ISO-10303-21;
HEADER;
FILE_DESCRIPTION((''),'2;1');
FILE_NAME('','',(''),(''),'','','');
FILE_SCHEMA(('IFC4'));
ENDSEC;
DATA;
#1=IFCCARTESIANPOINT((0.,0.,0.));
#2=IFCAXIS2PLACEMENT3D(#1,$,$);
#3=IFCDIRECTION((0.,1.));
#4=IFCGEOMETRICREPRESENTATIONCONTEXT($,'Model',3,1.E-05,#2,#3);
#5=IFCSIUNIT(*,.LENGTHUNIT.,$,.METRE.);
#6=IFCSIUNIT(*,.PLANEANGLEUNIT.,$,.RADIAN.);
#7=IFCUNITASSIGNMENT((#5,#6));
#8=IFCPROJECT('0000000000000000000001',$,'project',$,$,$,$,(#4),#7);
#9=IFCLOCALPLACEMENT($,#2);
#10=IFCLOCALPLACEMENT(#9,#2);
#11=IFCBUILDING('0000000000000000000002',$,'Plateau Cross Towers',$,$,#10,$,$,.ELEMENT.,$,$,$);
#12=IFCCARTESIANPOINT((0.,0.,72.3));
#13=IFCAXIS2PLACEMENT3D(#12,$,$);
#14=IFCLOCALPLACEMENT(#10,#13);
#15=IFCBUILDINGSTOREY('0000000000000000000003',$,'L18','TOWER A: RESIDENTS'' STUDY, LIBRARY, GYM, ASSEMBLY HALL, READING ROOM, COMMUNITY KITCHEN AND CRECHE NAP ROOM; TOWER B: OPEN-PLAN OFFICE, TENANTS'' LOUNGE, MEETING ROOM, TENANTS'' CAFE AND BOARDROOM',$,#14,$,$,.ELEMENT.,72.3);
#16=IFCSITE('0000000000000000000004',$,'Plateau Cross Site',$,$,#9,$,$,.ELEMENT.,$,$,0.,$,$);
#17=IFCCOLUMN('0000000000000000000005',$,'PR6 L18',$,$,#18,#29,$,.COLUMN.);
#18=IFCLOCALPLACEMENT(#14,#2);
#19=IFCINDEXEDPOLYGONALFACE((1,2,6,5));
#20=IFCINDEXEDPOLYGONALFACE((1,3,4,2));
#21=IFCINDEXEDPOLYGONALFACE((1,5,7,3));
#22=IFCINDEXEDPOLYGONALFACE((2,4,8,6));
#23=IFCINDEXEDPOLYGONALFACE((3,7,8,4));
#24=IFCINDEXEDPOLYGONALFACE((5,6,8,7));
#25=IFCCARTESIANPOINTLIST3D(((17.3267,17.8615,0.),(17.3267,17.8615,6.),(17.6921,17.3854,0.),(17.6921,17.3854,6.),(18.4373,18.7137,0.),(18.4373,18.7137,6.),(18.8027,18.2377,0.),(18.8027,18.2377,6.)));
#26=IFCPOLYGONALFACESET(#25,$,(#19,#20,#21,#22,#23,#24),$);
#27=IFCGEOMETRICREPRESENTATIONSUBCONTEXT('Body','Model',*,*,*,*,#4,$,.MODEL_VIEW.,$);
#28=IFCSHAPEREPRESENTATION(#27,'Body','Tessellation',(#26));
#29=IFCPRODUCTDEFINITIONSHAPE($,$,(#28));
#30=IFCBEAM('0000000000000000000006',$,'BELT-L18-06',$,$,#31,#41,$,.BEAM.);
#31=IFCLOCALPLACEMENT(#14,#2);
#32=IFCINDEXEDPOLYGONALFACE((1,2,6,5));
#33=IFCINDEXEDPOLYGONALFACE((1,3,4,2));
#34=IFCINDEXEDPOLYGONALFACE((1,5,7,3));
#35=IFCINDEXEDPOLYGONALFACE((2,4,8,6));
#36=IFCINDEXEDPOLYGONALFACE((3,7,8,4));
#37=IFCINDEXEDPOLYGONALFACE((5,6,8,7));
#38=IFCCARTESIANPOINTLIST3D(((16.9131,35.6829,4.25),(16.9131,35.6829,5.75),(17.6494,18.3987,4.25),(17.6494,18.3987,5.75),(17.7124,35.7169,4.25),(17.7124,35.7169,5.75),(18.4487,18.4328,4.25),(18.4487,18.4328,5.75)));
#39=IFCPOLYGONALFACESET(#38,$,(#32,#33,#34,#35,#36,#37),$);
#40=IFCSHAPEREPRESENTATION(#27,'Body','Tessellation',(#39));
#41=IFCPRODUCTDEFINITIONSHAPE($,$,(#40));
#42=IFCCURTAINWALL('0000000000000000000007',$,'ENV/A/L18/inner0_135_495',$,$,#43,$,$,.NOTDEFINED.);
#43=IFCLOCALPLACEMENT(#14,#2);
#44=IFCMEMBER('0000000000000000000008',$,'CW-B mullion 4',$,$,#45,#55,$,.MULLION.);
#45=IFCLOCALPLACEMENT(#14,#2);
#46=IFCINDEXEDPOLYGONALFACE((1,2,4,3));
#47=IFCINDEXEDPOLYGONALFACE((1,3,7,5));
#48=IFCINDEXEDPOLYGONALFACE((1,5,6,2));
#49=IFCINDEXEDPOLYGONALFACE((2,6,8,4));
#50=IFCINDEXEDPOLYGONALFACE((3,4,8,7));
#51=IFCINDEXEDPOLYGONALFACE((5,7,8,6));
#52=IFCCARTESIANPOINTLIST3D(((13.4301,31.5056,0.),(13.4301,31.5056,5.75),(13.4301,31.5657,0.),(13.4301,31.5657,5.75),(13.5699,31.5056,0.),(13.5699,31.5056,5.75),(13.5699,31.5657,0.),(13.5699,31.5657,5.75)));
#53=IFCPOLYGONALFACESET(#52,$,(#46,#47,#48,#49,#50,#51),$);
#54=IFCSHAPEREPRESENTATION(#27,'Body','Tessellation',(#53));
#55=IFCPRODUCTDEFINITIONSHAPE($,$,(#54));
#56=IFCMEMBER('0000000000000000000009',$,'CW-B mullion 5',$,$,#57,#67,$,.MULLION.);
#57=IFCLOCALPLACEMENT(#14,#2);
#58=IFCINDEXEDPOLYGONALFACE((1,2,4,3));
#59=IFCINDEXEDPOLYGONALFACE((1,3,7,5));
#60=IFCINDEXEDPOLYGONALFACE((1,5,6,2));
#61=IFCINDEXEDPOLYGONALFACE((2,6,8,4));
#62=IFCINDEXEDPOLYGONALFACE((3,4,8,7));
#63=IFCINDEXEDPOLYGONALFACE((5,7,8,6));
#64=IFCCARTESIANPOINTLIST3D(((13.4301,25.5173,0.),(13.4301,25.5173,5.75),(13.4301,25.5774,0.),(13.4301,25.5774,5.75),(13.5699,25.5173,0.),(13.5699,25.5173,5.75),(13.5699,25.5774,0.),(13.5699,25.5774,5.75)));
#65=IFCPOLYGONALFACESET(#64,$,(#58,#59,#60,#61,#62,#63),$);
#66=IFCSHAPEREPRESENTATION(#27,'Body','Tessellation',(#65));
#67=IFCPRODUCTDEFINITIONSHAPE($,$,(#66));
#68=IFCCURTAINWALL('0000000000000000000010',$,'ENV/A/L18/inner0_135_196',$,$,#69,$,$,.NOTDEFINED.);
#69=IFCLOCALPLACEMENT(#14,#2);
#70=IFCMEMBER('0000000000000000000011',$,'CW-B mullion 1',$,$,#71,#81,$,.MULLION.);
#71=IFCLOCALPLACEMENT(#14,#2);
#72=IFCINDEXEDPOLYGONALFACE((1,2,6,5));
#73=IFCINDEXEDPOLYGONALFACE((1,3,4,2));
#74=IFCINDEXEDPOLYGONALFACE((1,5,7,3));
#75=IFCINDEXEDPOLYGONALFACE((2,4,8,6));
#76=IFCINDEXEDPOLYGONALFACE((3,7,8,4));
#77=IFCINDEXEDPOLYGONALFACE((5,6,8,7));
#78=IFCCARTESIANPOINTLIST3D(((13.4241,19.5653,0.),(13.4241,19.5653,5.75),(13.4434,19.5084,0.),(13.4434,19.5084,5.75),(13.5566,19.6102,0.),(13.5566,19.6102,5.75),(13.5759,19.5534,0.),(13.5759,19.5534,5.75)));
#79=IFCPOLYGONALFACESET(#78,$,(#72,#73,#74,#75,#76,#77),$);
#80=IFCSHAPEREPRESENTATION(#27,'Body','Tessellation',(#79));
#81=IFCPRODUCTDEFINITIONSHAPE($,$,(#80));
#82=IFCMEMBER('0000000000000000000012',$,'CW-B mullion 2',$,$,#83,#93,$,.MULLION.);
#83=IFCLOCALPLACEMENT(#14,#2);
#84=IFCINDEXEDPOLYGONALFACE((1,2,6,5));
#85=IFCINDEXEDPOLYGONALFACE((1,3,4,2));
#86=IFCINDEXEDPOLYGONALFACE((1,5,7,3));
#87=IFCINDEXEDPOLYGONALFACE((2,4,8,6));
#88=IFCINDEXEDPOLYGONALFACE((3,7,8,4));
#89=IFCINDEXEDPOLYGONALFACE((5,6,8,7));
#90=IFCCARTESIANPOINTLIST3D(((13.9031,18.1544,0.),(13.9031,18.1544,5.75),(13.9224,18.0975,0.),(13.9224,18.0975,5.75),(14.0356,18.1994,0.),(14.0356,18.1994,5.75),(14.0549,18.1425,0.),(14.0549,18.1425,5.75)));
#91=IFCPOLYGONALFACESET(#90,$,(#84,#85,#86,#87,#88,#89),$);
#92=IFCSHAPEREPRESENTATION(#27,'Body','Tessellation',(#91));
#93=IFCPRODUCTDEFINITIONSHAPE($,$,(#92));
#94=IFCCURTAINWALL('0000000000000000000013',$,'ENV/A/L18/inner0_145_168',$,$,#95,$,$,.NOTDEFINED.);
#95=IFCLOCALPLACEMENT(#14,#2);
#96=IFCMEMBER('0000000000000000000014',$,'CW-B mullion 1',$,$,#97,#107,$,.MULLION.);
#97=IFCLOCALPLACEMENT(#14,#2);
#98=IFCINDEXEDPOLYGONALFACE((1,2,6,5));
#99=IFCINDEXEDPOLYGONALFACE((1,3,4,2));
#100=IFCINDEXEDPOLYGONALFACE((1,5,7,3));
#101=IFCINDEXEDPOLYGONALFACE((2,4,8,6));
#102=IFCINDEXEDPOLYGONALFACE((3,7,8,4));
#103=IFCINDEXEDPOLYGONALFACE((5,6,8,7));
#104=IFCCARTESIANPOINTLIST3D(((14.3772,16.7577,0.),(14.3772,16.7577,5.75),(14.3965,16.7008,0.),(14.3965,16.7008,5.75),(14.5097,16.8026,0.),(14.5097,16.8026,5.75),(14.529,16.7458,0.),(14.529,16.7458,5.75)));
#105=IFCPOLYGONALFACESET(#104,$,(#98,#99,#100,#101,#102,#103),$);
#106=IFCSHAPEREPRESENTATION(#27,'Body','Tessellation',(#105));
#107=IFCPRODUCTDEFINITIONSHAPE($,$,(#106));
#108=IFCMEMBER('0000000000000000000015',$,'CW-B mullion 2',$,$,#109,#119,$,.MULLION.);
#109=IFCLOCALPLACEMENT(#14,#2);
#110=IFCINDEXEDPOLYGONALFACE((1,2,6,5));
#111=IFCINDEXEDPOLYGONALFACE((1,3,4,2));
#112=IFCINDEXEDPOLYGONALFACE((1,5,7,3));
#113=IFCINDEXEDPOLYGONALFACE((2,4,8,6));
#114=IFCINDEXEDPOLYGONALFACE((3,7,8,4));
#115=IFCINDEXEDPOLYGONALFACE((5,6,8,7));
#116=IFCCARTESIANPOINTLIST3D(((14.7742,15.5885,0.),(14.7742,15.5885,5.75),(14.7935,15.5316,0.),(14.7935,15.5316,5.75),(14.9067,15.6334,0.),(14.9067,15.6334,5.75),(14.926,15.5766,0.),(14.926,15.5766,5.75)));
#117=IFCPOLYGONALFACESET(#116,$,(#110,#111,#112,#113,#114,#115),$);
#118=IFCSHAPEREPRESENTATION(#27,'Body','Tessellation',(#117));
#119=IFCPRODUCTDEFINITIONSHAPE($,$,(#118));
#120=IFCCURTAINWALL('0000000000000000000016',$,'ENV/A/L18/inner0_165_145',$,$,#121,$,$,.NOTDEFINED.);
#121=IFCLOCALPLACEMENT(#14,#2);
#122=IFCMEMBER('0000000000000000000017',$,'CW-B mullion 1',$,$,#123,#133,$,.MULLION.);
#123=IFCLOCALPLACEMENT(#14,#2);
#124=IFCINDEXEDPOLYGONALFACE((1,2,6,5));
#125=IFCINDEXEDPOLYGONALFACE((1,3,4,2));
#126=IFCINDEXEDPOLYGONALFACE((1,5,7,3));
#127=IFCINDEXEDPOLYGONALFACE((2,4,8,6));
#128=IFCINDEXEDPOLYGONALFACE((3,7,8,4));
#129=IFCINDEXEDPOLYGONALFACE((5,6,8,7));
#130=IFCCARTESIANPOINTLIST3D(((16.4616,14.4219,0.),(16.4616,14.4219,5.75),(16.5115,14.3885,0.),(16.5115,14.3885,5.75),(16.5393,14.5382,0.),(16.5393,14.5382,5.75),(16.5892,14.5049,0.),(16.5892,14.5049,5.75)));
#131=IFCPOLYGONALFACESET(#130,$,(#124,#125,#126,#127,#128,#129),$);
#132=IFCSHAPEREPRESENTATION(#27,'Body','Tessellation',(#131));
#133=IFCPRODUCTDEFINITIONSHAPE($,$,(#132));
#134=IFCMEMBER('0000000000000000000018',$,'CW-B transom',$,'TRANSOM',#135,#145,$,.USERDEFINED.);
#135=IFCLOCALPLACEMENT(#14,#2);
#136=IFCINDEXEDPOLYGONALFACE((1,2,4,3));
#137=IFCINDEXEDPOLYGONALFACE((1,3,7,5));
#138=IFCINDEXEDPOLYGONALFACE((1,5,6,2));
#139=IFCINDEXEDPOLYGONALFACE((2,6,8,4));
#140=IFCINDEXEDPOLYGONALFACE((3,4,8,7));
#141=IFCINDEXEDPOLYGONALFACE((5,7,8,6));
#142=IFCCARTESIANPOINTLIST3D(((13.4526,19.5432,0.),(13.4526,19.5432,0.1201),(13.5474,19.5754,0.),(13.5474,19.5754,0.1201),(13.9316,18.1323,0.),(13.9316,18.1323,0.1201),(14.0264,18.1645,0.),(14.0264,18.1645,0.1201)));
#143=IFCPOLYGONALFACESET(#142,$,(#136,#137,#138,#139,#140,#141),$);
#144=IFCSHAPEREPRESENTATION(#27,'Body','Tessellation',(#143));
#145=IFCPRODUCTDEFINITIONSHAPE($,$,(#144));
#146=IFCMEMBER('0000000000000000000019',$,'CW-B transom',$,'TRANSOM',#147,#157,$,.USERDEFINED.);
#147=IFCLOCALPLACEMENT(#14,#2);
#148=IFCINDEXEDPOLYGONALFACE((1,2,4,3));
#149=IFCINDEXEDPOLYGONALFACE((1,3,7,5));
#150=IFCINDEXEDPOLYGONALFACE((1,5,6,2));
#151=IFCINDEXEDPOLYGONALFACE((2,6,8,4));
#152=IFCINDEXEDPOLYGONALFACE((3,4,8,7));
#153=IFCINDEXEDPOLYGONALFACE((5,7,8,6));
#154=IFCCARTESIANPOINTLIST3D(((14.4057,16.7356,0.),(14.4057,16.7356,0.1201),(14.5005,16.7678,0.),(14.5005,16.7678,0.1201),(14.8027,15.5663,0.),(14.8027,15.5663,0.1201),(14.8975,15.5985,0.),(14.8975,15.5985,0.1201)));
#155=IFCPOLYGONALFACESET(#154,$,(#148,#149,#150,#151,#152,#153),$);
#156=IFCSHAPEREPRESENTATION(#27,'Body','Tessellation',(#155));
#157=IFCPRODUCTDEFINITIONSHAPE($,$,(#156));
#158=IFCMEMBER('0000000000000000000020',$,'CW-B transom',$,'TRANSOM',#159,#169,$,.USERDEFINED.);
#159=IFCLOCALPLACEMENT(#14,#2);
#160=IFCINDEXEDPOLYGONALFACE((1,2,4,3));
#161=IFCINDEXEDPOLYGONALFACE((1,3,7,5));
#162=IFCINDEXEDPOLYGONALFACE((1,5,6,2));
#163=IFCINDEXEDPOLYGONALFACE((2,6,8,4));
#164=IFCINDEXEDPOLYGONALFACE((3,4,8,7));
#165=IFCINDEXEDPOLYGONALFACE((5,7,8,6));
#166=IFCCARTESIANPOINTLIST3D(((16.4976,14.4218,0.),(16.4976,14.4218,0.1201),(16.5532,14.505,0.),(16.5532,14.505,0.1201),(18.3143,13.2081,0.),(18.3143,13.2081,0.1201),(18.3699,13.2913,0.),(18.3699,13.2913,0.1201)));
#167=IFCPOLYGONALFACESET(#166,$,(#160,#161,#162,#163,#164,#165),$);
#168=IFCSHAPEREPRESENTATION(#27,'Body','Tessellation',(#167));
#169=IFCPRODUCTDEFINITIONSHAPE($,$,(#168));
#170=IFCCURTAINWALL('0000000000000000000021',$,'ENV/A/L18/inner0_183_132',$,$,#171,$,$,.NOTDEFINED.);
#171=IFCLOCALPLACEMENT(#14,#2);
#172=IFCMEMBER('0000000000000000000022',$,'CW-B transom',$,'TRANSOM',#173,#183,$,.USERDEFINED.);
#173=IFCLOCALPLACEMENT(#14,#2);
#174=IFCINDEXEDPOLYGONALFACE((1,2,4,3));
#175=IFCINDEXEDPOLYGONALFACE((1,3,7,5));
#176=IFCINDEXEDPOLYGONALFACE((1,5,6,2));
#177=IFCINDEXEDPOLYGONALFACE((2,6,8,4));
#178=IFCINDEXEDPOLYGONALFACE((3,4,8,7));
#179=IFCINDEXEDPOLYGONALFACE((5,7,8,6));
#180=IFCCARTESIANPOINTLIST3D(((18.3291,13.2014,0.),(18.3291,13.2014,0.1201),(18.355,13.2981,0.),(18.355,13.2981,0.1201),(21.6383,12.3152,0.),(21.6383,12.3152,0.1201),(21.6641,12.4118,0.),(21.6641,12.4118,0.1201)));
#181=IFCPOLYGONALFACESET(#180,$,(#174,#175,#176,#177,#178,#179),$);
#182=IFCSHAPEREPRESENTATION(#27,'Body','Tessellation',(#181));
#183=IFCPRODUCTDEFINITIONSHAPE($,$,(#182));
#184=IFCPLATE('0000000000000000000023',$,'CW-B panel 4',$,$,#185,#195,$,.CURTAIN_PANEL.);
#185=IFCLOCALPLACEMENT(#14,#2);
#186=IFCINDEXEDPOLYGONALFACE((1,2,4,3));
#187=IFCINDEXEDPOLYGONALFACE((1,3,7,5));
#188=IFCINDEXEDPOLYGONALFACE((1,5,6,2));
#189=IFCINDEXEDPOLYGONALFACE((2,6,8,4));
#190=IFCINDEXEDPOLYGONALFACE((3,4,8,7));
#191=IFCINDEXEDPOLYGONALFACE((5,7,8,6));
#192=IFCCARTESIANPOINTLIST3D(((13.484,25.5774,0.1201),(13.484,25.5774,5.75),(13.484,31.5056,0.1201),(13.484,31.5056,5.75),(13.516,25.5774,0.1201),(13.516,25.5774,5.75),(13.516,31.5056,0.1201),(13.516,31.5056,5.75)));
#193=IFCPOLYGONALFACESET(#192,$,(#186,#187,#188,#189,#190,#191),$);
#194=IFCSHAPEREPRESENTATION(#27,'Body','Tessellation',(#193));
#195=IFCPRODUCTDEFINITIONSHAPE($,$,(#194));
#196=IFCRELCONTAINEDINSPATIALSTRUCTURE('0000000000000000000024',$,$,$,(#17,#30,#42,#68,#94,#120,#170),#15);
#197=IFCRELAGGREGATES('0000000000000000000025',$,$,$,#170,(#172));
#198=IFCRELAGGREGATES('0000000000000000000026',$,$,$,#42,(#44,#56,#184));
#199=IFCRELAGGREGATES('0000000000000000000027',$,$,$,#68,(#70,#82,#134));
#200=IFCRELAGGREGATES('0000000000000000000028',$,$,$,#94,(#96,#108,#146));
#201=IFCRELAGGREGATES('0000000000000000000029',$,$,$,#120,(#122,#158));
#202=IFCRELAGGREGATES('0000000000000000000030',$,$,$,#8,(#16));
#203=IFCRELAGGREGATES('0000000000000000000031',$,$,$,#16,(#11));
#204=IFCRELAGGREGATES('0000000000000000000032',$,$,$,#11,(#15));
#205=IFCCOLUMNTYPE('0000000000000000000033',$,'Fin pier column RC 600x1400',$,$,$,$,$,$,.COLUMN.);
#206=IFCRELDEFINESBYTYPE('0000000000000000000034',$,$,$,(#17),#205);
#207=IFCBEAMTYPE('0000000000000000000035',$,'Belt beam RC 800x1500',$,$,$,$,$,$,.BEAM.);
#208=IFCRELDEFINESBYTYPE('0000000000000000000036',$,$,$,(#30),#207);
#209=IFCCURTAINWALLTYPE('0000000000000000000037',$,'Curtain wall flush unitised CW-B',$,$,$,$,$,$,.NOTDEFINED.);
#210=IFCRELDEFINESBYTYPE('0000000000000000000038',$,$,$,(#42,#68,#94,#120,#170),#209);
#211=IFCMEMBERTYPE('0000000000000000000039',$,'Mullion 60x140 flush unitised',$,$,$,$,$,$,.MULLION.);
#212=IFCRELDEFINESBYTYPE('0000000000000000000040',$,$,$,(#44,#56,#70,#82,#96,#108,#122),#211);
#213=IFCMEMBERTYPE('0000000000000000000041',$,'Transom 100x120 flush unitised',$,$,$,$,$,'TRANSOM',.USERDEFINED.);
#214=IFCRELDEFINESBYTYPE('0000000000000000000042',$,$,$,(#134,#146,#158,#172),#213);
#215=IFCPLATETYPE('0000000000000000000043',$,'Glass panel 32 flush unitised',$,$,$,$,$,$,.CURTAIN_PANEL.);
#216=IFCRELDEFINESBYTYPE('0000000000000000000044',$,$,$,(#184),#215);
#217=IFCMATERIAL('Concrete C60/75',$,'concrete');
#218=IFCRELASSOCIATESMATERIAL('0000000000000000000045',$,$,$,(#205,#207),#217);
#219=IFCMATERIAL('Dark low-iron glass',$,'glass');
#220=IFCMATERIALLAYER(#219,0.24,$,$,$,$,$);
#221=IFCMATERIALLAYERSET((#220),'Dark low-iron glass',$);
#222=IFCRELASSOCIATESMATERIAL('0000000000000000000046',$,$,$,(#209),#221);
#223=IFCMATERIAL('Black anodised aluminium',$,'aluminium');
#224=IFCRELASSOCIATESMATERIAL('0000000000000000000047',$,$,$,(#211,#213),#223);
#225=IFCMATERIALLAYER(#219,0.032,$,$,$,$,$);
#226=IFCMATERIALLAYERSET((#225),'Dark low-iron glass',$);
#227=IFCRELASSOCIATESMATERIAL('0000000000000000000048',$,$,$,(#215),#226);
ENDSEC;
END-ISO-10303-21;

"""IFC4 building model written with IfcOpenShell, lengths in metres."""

from ifc_helpers import new_model, si_unit, direction, frame, origin, origin_2d, place, context, subcontext, project, spatial, rectangle, extrude, material, layer, layer_set, material_profile, profile_set, type_object, element, aggregate, save


model = new_model("IFC4")

# Units and contexts
model_context = context("Model", 3, precision=1e-05, world=origin(), true_north=direction((0.0, 1.0)))
body_context = subcontext(model_context, "Body", "Model", "MODEL_VIEW")
ifc_project = project(units=[si_unit("LENGTHUNIT", "METRE"), si_unit("PLANEANGLEUNIT", "RADIAN")], contexts=[model_context])

# Site, building, storey
site_placement = place(None, origin())
site = spatial("IfcSite", under=ifc_project, at=site_placement, Name="Plateau Cross Site", CompositionType="ELEMENT", RefElevation=0.0)
building_placement = place(site_placement, origin())
building = spatial("IfcBuilding", under=site, at=building_placement, Name="Plateau Cross Towers", CompositionType="ELEMENT")
storey_placement = place(building_placement, frame((0.0, 0.0, 72.3)))
storey = spatial("IfcBuildingStorey", under=building, at=storey_placement, Name="L18", Description="TOWER A: RESIDENTS' STUDY, LIBRARY, GYM, ASSEMBLY HALL, READING ROOM, COMMUNITY KITCHEN AND CRECHE NAP ROOM; TOWER B: OPEN-PLAN OFFICE, TENANTS' LOUNGE, MEETING ROOM, TENANTS' CAFE AND BOARDROOM", CompositionType="ELEMENT", Elevation=72.3)

# Column
ifc_material_1 = material(Name="Concrete C60/75", Category="concrete")
ifc_material_profile_1 = material_profile(ifc_material_1, rectangle(XDim=0.6001, YDim=1.3999, at=origin_2d()), Name="RC 600x1400")
ifc_profile_set_1 = profile_set([ifc_material_profile_1], Name="Concrete C60/75")
column_type = type_object("IfcColumnType", Name="Fin pier column RC 600x1400", PredefinedType="COLUMN", material=ifc_profile_set_1)
column_placement = place(storey_placement, frame((18.0647, 18.0496, 0.0), z_axis=(0.0, 0.0, 1.0), x_axis=(-0.608811, 0.793315, 0.0)))
element("IfcColumn", 1, at=column_placement, inside=storey, type_object=column_type, Name="PR6 L18", PredefinedType="COLUMN", context=body_context, shape_type="SweptSolid", body=[
    extrude(rectangle(XDim=0.6001, YDim=1.3999, at=origin_2d()), origin(), (0.0, 0.0, 1.0), 6.0),
])

# Beam
ifc_material_profile_2 = material_profile(ifc_material_1, rectangle(XDim=0.8, YDim=1.5, at=origin_2d()), Name="RC 800x1500")
ifc_profile_set_2 = profile_set([ifc_material_profile_2], Name="Concrete C60/75")
beam_type = type_object("IfcBeamType", Name="Belt beam RC 800x1500", PredefinedType="BEAM", material=ifc_profile_set_2)
beam_placement = place(storey_placement, frame((18.0491, 18.4158, 5.0), z_axis=(-0.042563, 0.999094, 0.0), x_axis=(-0.999094, -0.042563, 0.0)))
element("IfcBeam", 2, at=beam_placement, inside=storey, type_object=beam_type, Name="BELT-L18-06", PredefinedType="BEAM", context=body_context, shape_type="SweptSolid", body=[
    extrude(rectangle(XDim=0.8, YDim=1.5, at=origin_2d()), origin(), (0.0, 0.0, 1.0), 17.2998),
])

# Curtain walls, members
ifc_material_2 = material(Name="Dark low-iron glass", Category="glass")
ifc_layer_1 = layer(ifc_material_2, 0.24)
ifc_layer_set_1 = layer_set([ifc_layer_1], Name="Dark low-iron glass")
curtain_wall_type = type_object("IfcCurtainWallType", Name="Curtain wall flush unitised CW-B", PredefinedType="NOTDEFINED", material=ifc_layer_set_1)
curtain_wall_1_placement = place(storey_placement, origin())
curtain_wall_1 = element("IfcCurtainWall", 3, at=curtain_wall_1_placement, inside=storey, type_object=curtain_wall_type, Name="ENV/A/L18/inner0_135_495", PredefinedType="NOTDEFINED")
ifc_material_3 = material(Name="Black anodised aluminium", Category="aluminium")
ifc_material_profile_3 = material_profile(ifc_material_3, rectangle(XDim=0.0601, YDim=0.1399, at=origin_2d()), Name="MULLION 60x140")
ifc_profile_set_3 = profile_set([ifc_material_profile_3], Name="Black anodised aluminium")
member_type_1 = type_object("IfcMemberType", Name="Mullion 60x140 flush unitised", PredefinedType="MULLION", material=ifc_profile_set_3)
member_1_placement = place(storey_placement, frame((13.5, 31.5356, 0.0), z_axis=(0.0, 0.0, 1.0), x_axis=(0.0, -1.0, 0.0)))
member_1 = element("IfcMember", 4, at=member_1_placement, type_object=member_type_1, Name="CW-B mullion 4", PredefinedType="MULLION", context=body_context, shape_type="SweptSolid", body=[
    extrude(rectangle(XDim=0.0601, YDim=0.1399, at=origin_2d()), origin(), (0.0, 0.0, 1.0), 5.75),
])
member_2_placement = place(storey_placement, frame((13.5, 25.5474, 0.0), z_axis=(0.0, 0.0, 1.0), x_axis=(0.0, -1.0, 0.0)))
member_2 = element("IfcMember", 5, at=member_2_placement, type_object=member_type_1, Name="CW-B mullion 5", PredefinedType="MULLION", context=body_context, shape_type="SweptSolid", body=[
    extrude(rectangle(XDim=0.0601, YDim=0.1399, at=origin_2d()), origin(), (0.0, 0.0, 1.0), 5.75),
])
curtain_wall_2_placement = place(storey_placement, origin())
curtain_wall_2 = element("IfcCurtainWall", 6, at=curtain_wall_2_placement, inside=storey, type_object=curtain_wall_type, Name="ENV/A/L18/inner0_135_196", PredefinedType="NOTDEFINED")
member_3_placement = place(storey_placement, frame((13.5, 19.5593, 0.0), z_axis=(0.0, 0.0, 1.0), x_axis=(0.321469, -0.94692, 0.0)))
member_3 = element("IfcMember", 7, at=member_3_placement, type_object=member_type_1, Name="CW-B mullion 1", PredefinedType="MULLION", context=body_context, shape_type="SweptSolid", body=[
    extrude(rectangle(XDim=0.0601, YDim=0.1399, at=origin_2d()), origin(), (0.0, 0.0, 1.0), 5.75),
])
member_4_placement = place(storey_placement, frame((13.979, 18.1484, 0.0), z_axis=(0.0, 0.0, 1.0), x_axis=(0.321469, -0.94692, 0.0)))
member_4 = element("IfcMember", 8, at=member_4_placement, type_object=member_type_1, Name="CW-B mullion 2", PredefinedType="MULLION", context=body_context, shape_type="SweptSolid", body=[
    extrude(rectangle(XDim=0.0601, YDim=0.1399, at=origin_2d()), origin(), (0.0, 0.0, 1.0), 5.75),
])
curtain_wall_3_placement = place(storey_placement, origin())
curtain_wall_3 = element("IfcCurtainWall", 9, at=curtain_wall_3_placement, inside=storey, type_object=curtain_wall_type, Name="ENV/A/L18/inner0_145_168", PredefinedType="NOTDEFINED")
member_5_placement = place(storey_placement, frame((14.4531, 16.7517, 0.0), z_axis=(0.0, 0.0, 1.0), x_axis=(0.321469, -0.94692, 0.0)))
member_5 = element("IfcMember", 10, at=member_5_placement, type_object=member_type_1, Name="CW-B mullion 1", PredefinedType="MULLION", context=body_context, shape_type="SweptSolid", body=[
    extrude(rectangle(XDim=0.0601, YDim=0.1399, at=origin_2d()), origin(), (0.0, 0.0, 1.0), 5.75),
])
member_6_placement = place(storey_placement, frame((14.8501, 15.5825, 0.0), z_axis=(0.0, 0.0, 1.0), x_axis=(0.321469, -0.94692, 0.0)))
member_6 = element("IfcMember", 11, at=member_6_placement, type_object=member_type_1, Name="CW-B mullion 2", PredefinedType="MULLION", context=body_context, shape_type="SweptSolid", body=[
    extrude(rectangle(XDim=0.0601, YDim=0.1399, at=origin_2d()), origin(), (0.0, 0.0, 1.0), 5.75),
])

# Curtain wall, member
curtain_wall_4_placement = place(storey_placement, origin())
curtain_wall_4 = element("IfcCurtainWall", 12, at=curtain_wall_4_placement, inside=storey, type_object=curtain_wall_type, Name="ENV/A/L18/inner0_165_145", PredefinedType="NOTDEFINED")
member_7_placement = place(storey_placement, frame((16.5254, 14.4634, 0.0), z_axis=(0.0, 0.0, 1.0), x_axis=(0.831521, -0.555493, 0.0)))
member_7 = element("IfcMember", 13, at=member_7_placement, type_object=member_type_1, Name="CW-B mullion 1", PredefinedType="MULLION", context=body_context, shape_type="SweptSolid", body=[
    extrude(rectangle(XDim=0.0601, YDim=0.1399, at=origin_2d()), origin(), (0.0, 0.0, 1.0), 5.75),
])

# Members
ifc_material_profile_4 = material_profile(ifc_material_3, rectangle(XDim=0.1001, YDim=0.1201, at=origin_2d()), Name="TRANSOM 100x120")
ifc_profile_set_4 = profile_set([ifc_material_profile_4], Name="Black anodised aluminium")
member_type_2 = type_object("IfcMemberType", Name="Transom 100x120 flush unitised", ElementType="TRANSOM", PredefinedType="USERDEFINED", material=ifc_profile_set_4)
member_8_placement = place(storey_placement, frame((13.5, 19.5593, 0.0601), z_axis=(0.321483, -0.946915, 0.0), x_axis=(0.946915, 0.321483, 0.0)))
member_8 = element("IfcMember", 14, at=member_8_placement, type_object=member_type_2, Name="CW-B transom", ObjectType="TRANSOM", PredefinedType="USERDEFINED", context=body_context, shape_type="SweptSolid", body=[
    extrude(rectangle(XDim=0.1001, YDim=0.1201, at=origin_2d()), origin(), (0.0, 0.0, 1.0), 1.49),
])
member_9_placement = place(storey_placement, frame((14.4531, 16.7517, 0.0601), z_axis=(0.321502, -0.946909, 0.0), x_axis=(0.946909, 0.321502, 0.0)))
member_9 = element("IfcMember", 15, at=member_9_placement, type_object=member_type_2, Name="CW-B transom", ObjectType="TRANSOM", PredefinedType="USERDEFINED", context=body_context, shape_type="SweptSolid", body=[
    extrude(rectangle(XDim=0.1001, YDim=0.1201, at=origin_2d()), origin(), (0.0, 0.0, 1.0), 1.2349),
])
member_10_placement = place(storey_placement, frame((16.5254, 14.4634, 0.0601), z_axis=(0.831517, -0.555499, 0.0), x_axis=(0.555499, 0.831517, 0.0)))
member_10 = element("IfcMember", 16, at=member_10_placement, type_object=member_type_2, Name="CW-B transom", ObjectType="TRANSOM", PredefinedType="USERDEFINED", context=body_context, shape_type="SweptSolid", body=[
    extrude(rectangle(XDim=0.1001, YDim=0.1201, at=origin_2d()), origin(), (0.0, 0.0, 1.0), 2.1848),
])

# Curtain wall, member
curtain_wall_5_placement = place(storey_placement, origin())
curtain_wall_5 = element("IfcCurtainWall", 17, at=curtain_wall_5_placement, inside=storey, type_object=curtain_wall_type, Name="ENV/A/L18/inner0_183_132", PredefinedType="NOTDEFINED")
member_11_placement = place(storey_placement, frame((18.342, 13.2498, 0.0601), z_axis=(0.965958, -0.2587, 0.0), x_axis=(0.2587, 0.965958, 0.0)))
member_11 = element("IfcMember", 18, at=member_11_placement, type_object=member_type_2, Name="CW-B transom", ObjectType="TRANSOM", PredefinedType="USERDEFINED", context=body_context, shape_type="SweptSolid", body=[
    extrude(rectangle(XDim=0.1001, YDim=0.1201, at=origin_2d()), origin(), (0.0, 0.0, 1.0), 3.4258),
])
aggregate(curtain_wall_5, [member_11])

# Plate
ifc_layer_2 = layer(ifc_material_2, 0.032)
ifc_layer_set_2 = layer_set([ifc_layer_2], Name="Dark low-iron glass")
plate_type = type_object("IfcPlateType", Name="Glass panel 32 flush unitised", PredefinedType="CURTAIN_PANEL", material=ifc_layer_set_2)
plate_1_placement = place(storey_placement, frame((13.5, 28.5415, 0.1201), z_axis=(0.0, 0.0, 1.0), x_axis=(0.0, -1.0, 0.0)))
plate_1 = element("IfcPlate", 19, at=plate_1_placement, type_object=plate_type, Name="CW-B panel 4", PredefinedType="CURTAIN_PANEL", context=body_context, shape_type="SweptSolid", body=[
    extrude(rectangle(XDim=5.9282, YDim=0.032, at=origin_2d()), origin(), (0.0, 0.0, 1.0), 5.6299),
])
aggregate(curtain_wall_1, [member_1, member_2, plate_1])
aggregate(curtain_wall_2, [member_3, member_4, member_8])
aggregate(curtain_wall_3, [member_5, member_6, member_9])
aggregate(curtain_wall_4, [member_7, member_10])

save(model, "model.ifc")
